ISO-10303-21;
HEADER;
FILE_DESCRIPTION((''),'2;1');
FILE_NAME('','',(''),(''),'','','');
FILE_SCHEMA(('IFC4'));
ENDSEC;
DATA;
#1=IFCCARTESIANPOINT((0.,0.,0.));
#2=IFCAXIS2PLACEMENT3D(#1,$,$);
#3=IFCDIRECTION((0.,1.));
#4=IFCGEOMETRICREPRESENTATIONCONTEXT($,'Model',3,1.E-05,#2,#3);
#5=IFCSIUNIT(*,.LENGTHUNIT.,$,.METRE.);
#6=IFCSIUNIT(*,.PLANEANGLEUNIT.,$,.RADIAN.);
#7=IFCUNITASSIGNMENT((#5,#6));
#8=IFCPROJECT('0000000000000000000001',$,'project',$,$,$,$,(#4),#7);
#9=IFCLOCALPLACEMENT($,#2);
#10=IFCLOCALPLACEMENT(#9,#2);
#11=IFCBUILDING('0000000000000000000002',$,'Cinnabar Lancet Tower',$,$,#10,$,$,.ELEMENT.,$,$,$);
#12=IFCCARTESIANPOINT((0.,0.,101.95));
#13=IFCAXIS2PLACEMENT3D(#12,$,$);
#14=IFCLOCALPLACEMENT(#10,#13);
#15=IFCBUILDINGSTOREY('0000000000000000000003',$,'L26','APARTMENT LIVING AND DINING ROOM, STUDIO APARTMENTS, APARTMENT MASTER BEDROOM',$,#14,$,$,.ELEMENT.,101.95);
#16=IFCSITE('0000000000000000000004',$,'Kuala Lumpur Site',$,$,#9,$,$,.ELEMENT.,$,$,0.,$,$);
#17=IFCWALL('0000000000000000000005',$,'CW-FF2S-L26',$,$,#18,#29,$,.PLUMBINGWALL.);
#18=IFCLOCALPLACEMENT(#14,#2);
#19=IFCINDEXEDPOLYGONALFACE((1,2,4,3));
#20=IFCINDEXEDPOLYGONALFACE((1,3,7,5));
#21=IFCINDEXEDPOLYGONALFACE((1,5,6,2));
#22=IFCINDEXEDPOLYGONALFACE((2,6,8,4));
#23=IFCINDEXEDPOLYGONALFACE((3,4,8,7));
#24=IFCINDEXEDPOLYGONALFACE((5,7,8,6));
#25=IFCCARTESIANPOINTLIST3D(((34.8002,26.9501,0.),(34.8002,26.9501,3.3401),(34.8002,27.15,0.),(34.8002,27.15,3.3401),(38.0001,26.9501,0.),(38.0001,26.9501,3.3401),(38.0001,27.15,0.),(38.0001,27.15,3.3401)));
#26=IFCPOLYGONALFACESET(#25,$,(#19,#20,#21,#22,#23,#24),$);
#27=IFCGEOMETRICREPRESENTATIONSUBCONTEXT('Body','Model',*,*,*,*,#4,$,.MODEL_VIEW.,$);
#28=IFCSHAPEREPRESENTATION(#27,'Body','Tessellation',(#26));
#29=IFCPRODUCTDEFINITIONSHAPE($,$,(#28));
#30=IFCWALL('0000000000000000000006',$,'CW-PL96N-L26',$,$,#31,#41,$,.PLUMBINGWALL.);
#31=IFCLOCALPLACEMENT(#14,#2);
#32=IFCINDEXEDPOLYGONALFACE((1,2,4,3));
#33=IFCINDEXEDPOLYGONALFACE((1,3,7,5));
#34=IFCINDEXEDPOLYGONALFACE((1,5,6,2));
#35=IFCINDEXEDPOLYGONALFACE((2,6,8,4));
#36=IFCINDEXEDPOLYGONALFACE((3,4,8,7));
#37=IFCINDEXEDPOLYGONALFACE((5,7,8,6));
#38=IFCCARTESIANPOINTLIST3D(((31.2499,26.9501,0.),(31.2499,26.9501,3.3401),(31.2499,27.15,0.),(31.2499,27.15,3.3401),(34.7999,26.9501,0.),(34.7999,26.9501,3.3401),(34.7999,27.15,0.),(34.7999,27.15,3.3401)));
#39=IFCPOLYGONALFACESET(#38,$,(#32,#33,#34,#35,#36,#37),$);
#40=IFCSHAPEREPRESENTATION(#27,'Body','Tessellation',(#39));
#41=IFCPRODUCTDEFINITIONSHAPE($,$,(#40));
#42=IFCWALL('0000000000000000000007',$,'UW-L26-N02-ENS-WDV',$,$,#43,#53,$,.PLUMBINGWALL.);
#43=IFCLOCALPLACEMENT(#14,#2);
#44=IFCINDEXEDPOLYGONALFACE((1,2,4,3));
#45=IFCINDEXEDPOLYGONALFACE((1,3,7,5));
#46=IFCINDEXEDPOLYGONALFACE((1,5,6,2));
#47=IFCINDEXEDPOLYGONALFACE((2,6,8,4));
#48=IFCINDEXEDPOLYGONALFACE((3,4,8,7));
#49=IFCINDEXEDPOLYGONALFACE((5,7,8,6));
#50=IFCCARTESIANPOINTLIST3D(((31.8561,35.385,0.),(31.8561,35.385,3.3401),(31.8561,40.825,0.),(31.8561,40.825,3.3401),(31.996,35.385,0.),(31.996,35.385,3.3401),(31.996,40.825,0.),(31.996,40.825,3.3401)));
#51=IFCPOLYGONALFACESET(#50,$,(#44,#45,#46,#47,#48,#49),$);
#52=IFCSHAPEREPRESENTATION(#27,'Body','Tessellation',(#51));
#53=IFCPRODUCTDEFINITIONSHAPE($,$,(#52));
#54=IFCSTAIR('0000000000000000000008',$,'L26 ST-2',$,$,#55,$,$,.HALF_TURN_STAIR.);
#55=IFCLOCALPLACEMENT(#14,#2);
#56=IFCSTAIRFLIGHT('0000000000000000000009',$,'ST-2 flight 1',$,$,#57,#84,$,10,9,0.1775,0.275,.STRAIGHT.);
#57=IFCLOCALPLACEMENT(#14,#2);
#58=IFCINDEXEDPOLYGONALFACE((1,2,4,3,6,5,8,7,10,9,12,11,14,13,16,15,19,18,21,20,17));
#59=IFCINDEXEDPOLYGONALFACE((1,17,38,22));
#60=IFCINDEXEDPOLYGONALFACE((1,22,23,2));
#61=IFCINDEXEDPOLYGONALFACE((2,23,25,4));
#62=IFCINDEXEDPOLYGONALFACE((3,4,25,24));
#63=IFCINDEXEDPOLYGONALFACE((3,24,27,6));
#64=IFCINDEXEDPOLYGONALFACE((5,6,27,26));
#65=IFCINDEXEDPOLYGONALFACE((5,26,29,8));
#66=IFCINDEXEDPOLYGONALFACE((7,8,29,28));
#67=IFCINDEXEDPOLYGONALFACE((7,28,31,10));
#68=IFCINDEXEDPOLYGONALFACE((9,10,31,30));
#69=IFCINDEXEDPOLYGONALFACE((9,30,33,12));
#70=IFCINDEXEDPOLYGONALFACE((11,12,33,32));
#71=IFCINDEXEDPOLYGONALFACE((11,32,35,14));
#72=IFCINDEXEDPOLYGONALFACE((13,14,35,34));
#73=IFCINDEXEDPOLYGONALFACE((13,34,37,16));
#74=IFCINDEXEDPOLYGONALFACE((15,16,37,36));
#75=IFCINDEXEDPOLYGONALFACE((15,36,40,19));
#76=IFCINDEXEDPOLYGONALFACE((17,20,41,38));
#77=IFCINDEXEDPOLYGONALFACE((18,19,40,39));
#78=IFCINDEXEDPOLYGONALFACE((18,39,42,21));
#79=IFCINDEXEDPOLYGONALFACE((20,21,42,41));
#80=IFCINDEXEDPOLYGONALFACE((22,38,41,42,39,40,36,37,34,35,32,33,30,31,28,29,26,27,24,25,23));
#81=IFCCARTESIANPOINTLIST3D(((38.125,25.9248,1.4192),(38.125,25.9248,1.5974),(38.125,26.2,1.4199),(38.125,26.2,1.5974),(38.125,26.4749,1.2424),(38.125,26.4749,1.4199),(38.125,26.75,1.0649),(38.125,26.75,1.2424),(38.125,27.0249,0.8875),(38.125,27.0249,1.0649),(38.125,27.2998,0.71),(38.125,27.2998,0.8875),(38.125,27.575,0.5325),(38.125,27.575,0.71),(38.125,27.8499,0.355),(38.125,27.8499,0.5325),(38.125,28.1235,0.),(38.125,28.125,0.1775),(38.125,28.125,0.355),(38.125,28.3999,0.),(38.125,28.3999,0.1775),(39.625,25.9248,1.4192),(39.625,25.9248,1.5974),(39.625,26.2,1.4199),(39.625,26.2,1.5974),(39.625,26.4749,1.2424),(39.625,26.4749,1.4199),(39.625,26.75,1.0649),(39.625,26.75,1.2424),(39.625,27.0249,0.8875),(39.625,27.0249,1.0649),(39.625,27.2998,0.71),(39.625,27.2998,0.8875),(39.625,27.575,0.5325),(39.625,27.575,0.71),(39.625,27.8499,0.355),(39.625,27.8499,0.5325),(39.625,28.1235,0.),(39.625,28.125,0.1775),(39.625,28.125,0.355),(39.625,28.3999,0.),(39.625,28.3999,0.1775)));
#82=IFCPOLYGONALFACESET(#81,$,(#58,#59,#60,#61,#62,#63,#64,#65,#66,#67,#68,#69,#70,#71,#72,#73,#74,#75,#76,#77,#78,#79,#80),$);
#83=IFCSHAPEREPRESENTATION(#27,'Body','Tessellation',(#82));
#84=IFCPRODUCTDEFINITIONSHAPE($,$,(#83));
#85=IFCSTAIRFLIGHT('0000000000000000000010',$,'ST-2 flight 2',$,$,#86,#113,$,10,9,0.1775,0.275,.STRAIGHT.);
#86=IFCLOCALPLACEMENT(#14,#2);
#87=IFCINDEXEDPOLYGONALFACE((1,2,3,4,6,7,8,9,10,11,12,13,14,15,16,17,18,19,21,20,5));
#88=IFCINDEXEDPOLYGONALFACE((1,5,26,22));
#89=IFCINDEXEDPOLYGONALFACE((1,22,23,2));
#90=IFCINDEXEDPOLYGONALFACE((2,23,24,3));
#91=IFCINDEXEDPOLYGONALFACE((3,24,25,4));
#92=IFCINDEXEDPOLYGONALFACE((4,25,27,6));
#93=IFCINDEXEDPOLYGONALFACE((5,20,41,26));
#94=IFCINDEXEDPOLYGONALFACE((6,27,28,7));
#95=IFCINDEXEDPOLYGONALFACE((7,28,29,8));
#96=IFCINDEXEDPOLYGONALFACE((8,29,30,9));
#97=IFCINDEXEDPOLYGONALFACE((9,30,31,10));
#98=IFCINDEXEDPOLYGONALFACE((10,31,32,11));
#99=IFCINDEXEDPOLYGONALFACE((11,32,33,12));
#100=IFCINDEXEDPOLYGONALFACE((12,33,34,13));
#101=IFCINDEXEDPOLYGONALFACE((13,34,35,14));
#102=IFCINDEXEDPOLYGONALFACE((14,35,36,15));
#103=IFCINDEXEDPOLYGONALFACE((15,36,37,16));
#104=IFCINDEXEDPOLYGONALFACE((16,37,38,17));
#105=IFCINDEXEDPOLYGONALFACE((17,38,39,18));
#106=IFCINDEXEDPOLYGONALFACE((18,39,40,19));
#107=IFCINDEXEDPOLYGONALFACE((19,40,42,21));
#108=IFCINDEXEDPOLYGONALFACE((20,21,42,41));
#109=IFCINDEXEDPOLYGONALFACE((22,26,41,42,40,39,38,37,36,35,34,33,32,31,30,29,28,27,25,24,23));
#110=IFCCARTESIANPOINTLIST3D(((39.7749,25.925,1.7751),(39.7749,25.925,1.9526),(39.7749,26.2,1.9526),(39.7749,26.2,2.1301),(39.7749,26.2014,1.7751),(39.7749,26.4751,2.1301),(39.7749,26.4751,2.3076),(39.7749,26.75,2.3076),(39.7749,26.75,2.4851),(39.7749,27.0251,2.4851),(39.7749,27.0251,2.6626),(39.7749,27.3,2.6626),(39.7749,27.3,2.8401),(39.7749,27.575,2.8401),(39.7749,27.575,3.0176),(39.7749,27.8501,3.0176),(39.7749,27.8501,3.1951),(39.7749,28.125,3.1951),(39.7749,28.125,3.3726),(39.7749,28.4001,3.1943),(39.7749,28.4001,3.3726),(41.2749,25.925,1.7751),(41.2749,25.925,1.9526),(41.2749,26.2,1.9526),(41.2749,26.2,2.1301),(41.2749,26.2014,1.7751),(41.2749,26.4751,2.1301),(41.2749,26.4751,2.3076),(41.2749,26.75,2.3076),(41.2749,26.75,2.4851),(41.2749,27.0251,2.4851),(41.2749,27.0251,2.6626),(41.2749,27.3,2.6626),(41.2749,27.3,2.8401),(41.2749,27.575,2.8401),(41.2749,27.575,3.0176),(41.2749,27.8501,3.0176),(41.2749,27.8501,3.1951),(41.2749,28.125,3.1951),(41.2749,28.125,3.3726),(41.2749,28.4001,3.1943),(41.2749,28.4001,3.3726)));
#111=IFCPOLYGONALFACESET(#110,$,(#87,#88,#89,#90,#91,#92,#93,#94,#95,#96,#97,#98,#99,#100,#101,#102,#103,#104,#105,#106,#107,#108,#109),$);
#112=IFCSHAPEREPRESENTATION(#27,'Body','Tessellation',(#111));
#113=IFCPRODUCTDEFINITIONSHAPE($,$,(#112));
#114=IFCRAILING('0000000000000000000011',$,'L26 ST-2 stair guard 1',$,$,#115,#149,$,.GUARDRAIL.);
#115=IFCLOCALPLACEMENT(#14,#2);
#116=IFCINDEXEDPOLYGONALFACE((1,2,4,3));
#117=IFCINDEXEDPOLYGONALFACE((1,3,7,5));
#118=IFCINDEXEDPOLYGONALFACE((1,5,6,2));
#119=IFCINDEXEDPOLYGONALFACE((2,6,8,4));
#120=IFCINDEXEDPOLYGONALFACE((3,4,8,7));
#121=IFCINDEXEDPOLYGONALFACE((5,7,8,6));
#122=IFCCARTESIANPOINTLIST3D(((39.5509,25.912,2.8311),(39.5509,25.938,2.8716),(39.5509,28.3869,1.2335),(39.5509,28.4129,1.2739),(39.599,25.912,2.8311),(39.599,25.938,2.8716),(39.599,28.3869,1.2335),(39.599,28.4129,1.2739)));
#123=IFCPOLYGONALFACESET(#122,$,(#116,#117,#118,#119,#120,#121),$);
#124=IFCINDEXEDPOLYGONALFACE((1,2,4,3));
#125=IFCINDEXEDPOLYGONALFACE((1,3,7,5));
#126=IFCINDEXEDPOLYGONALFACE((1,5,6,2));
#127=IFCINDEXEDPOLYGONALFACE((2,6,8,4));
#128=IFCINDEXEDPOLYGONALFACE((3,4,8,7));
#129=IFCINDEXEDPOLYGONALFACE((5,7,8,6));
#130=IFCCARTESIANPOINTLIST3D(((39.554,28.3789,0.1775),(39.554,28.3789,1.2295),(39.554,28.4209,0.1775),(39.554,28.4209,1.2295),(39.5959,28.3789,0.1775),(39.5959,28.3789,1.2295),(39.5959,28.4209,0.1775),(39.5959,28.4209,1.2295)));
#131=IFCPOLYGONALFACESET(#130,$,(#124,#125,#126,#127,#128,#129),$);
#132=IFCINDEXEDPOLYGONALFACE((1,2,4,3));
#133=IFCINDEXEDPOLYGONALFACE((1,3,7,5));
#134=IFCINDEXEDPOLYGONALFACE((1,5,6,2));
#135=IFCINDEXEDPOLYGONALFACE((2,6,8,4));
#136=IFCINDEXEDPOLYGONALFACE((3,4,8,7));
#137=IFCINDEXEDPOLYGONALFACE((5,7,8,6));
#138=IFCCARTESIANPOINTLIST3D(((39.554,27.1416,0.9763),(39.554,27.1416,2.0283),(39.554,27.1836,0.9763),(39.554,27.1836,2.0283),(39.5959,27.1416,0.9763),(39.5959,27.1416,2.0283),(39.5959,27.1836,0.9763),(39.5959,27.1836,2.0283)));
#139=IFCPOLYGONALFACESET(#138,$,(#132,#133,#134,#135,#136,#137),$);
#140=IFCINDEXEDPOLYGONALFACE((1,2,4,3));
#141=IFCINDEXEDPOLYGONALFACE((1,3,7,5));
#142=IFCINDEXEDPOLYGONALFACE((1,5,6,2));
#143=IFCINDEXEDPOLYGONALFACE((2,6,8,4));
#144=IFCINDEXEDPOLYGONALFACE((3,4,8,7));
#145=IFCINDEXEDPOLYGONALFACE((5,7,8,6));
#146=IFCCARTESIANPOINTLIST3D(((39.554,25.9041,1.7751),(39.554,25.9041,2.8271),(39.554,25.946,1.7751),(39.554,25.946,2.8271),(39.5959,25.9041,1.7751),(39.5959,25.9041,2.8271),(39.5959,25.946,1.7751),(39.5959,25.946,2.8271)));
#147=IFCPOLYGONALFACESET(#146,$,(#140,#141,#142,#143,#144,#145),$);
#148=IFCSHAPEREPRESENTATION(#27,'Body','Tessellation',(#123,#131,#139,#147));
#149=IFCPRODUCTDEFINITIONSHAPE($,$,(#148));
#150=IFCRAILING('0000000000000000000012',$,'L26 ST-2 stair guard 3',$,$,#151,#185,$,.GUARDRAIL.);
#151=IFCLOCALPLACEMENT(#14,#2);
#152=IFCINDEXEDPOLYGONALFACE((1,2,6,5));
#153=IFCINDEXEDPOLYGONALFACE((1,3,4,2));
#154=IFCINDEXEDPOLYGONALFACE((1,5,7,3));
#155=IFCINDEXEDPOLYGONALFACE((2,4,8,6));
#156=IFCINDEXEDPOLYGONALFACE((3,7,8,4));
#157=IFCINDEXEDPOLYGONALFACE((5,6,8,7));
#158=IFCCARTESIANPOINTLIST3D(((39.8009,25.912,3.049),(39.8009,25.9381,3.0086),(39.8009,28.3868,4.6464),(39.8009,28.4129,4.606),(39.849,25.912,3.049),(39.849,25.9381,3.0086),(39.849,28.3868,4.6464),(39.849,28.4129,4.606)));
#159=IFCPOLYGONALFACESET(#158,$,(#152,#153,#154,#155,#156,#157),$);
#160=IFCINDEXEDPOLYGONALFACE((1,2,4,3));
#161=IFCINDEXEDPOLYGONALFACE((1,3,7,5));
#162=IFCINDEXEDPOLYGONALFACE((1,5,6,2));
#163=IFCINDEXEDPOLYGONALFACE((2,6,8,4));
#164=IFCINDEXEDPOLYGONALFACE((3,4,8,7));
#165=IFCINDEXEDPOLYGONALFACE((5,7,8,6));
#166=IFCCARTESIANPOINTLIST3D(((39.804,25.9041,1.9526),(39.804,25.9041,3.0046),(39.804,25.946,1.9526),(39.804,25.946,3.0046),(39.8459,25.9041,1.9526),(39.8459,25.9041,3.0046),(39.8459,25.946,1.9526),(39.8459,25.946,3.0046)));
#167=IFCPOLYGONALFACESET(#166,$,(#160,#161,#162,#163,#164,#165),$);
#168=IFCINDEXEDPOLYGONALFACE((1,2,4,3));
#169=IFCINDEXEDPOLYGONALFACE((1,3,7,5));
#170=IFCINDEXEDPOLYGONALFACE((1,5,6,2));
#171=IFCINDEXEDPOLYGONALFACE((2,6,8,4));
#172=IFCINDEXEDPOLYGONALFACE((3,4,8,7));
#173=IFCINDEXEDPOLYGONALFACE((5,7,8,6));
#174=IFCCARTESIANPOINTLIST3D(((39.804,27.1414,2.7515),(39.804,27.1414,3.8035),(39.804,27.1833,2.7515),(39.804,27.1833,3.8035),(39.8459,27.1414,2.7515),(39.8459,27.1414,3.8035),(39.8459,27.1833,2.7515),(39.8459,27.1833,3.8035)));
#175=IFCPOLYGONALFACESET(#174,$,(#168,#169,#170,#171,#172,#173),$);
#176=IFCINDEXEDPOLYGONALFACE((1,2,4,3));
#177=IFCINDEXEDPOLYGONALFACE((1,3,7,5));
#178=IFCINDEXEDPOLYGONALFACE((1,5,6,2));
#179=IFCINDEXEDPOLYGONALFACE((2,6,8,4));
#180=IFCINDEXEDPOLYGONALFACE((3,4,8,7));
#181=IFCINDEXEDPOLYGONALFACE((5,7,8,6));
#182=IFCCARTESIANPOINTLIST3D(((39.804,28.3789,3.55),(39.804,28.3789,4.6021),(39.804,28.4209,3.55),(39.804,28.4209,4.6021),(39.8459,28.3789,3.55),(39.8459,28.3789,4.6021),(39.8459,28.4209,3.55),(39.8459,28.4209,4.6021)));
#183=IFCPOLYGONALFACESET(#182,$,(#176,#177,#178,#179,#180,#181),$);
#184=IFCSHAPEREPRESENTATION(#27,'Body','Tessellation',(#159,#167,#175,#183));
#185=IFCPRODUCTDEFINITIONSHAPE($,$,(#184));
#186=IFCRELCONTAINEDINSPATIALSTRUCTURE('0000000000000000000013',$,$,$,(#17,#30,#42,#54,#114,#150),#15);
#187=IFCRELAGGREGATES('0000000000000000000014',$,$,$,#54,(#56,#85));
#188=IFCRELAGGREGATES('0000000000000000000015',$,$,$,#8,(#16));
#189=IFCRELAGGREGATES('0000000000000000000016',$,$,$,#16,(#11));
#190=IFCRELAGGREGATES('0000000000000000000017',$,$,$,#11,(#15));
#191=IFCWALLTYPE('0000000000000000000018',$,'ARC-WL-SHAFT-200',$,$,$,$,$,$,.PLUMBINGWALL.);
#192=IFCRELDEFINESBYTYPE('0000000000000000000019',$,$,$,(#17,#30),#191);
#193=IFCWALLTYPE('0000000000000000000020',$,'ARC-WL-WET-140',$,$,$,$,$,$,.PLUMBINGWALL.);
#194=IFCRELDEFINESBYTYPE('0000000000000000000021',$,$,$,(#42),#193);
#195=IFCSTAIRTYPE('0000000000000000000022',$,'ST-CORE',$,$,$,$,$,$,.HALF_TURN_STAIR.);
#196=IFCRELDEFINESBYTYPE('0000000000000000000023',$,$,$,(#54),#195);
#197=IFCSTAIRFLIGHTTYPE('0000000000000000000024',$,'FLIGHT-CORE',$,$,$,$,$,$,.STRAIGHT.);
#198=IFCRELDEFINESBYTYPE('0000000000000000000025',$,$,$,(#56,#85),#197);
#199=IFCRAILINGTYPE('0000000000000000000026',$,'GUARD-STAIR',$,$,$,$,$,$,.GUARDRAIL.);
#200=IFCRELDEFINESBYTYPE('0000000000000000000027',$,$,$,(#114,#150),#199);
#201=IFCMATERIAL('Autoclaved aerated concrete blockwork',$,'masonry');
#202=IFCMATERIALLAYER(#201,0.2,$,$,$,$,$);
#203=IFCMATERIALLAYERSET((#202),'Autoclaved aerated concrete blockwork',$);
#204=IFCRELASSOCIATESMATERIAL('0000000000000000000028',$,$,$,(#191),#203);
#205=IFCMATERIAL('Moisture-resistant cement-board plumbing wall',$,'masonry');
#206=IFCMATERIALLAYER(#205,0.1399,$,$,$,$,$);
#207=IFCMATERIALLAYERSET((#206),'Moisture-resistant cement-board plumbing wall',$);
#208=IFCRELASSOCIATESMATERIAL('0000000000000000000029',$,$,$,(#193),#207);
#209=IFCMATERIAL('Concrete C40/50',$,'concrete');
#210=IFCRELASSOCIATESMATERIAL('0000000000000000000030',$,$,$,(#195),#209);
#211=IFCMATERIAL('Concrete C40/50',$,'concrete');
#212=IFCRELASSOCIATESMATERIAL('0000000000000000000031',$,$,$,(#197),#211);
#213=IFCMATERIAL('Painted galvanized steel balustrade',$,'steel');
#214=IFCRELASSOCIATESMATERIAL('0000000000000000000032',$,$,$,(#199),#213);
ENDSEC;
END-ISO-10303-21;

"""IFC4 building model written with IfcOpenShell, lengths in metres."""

from ifc_helpers import new_model, si_unit, direction, frame, frame_2d, origin, origin_2d, place, context, subcontext, project, spatial, polyline, rectangle, outline, extrude, material, layer, layer_set, type_object, element, aggregate, save


model = new_model("IFC4")

# Units and contexts
model_context = context("Model", 3, precision=1e-05, world=origin(), true_north=direction((0.0, 1.0)))
body_context = subcontext(model_context, "Body", "Model", "MODEL_VIEW")
ifc_project = project(units=[si_unit("LENGTHUNIT", "METRE"), si_unit("PLANEANGLEUNIT", "RADIAN")], contexts=[model_context])

# Site, building, storey
site_placement = place(None, origin())
site = spatial("IfcSite", under=ifc_project, at=site_placement, Name="Kuala Lumpur Site", CompositionType="ELEMENT", RefElevation=0.0)
building_placement = place(site_placement, origin())
building = spatial("IfcBuilding", under=site, at=building_placement, Name="Cinnabar Lancet Tower", CompositionType="ELEMENT")
storey_placement = place(building_placement, frame((0.0, 0.0, 101.95)))
storey = spatial("IfcBuildingStorey", under=building, at=storey_placement, Name="L26", Description="APARTMENT LIVING AND DINING ROOM, STUDIO APARTMENTS, APARTMENT MASTER BEDROOM", CompositionType="ELEMENT", Elevation=101.95)

# Shared definitions
ifc_material_1 = material(Name="Autoclaved aerated concrete blockwork", Category="masonry")
ifc_layer_1 = layer(ifc_material_1, 0.2)
ifc_layer_set_1 = layer_set([ifc_layer_1], Name="Autoclaved aerated concrete blockwork")
wall_type_1 = type_object("IfcWallType", Name="ARC-WL-SHAFT-200", PredefinedType="PLUMBINGWALL", material=ifc_layer_set_1)

# Walls
wall_1_placement = place(storey_placement, frame((34.8, 27.05, 0.0), z_axis=(0.0, 0.0, 1.0), x_axis=(1.0, 0.0, 0.0)))
element("IfcWall", 1, at=wall_1_placement, inside=storey, type_object=wall_type_1, Name="CW-FF2S-L26", PredefinedType="PLUMBINGWALL", context=body_context, shape_type="SweptSolid", body=[
    extrude(rectangle(XDim=3.2, YDim=0.2, at=frame_2d((1.6001, 0.0))), origin(), (0.0, 0.0, 1.0), 3.3401),
])
wall_2_placement = place(storey_placement, frame((31.25, 27.05, 0.0), z_axis=(0.0, 0.0, 1.0), x_axis=(1.0, 0.0, 0.0)))
element("IfcWall", 2, at=wall_2_placement, inside=storey, type_object=wall_type_1, Name="CW-PL96N-L26", PredefinedType="PLUMBINGWALL", context=body_context, shape_type="SweptSolid", body=[
    extrude(rectangle(XDim=3.55, YDim=0.2, at=frame_2d((1.7749, 0.0))), origin(), (0.0, 0.0, 1.0), 3.3401),
])
ifc_material_2 = material(Name="Moisture-resistant cement-board plumbing wall", Category="masonry")
ifc_layer_2 = layer(ifc_material_2, 0.1399)
ifc_layer_set_2 = layer_set([ifc_layer_2], Name="Moisture-resistant cement-board plumbing wall")
wall_type_2 = type_object("IfcWallType", Name="ARC-WL-WET-140", PredefinedType="PLUMBINGWALL", material=ifc_layer_set_2)
wall_3_placement = place(storey_placement, frame((31.926, 35.385, 0.0), z_axis=(0.0, 0.0, 1.0), x_axis=(0.0, 1.0, 0.0)))
element("IfcWall", 3, at=wall_3_placement, inside=storey, type_object=wall_type_2, Name="UW-L26-N02-ENS-WDV", PredefinedType="PLUMBINGWALL", context=body_context, shape_type="SweptSolid", body=[
    extrude(rectangle(XDim=5.4399, YDim=0.1399, at=frame_2d((2.72, 0.0))), origin(), (0.0, 0.0, 1.0), 3.3401),
])

# Stair, stair flights
ifc_material_3 = material(Name="Concrete C40/50", Category="concrete")
stair_type = type_object("IfcStairType", Name="ST-CORE", PredefinedType="HALF_TURN_STAIR", material=ifc_material_3)
stair_placement = place(storey_placement, origin())
stair = element("IfcStair", 4, at=stair_placement, inside=storey, type_object=stair_type, Name="L26 ST-2", PredefinedType="HALF_TURN_STAIR")
ifc_material_4 = material(Name="Concrete C40/50", Category="concrete")
stair_flight_type = type_object("IfcStairFlightType", Name="FLIGHT-CORE", PredefinedType="STRAIGHT", material=ifc_material_4)
stair_flight_1_placement = place(storey_placement, frame((38.875, 28.3999, 0.0), z_axis=(0.0, 0.0, 1.0), x_axis=(0.0, -1.0, 0.0)))
stair_flight_1 = element("IfcStairFlight", 5, at=stair_flight_1_placement, type_object=stair_flight_type, Name="ST-2 flight 1", NumberOfRisers=10, NumberOfTreads=9, PredefinedType="STRAIGHT", RiserHeight=0.1775, TreadLength=0.275, context=body_context, shape_type="SweptSolid", body=[
    extrude(outline(polyline([(0.0, 0.0), (0.0, 0.1775), (0.2749, 0.1775), (0.2749, 0.355), (0.55, 0.355), (0.55, 0.5325), (0.825, 0.5325), (0.825, 0.71), (1.1001, 0.71), (1.1001, 0.8875), (1.375, 0.8875), (1.375, 1.0649), (1.6499, 1.0649), (1.6499, 1.2424), (1.925, 1.2424), (1.925, 1.4199), (2.2, 1.4199), (2.2, 1.5974), (2.4751, 1.5974), (2.4751, 1.7749), (2.4751, 1.4192), (0.2764, 0.0), (0.0, 0.0)])), frame((0.0, 0.75, 0.0), z_axis=(0.0, -1.0, 0.0), x_axis=(1.0, 0.0, 0.0)), (0.0, 0.0, 1.0), 1.5),
])
stair_flight_2_placement = place(storey_placement, frame((40.5249, 25.925, 1.7751), z_axis=(0.0, 0.0, 1.0), x_axis=(0.0, 1.0, 0.0)))
stair_flight_2 = element("IfcStairFlight", 6, at=stair_flight_2_placement, type_object=stair_flight_type, Name="ST-2 flight 2", NumberOfRisers=10, NumberOfTreads=9, PredefinedType="STRAIGHT", RiserHeight=0.1775, TreadLength=0.275, context=body_context, shape_type="SweptSolid", body=[
    extrude(outline(polyline([(0.0, 0.0), (0.0, 0.1775), (0.2749, 0.1775), (0.2749, 0.355), (0.55, 0.355), (0.55, 0.5325), (0.825, 0.5325), (0.825, 0.71), (1.1001, 0.71), (1.1001, 0.8875), (1.375, 0.8875), (1.375, 1.0649), (1.6499, 1.0649), (1.6499, 1.2424), (1.925, 1.2424), (1.925, 1.4199), (2.2, 1.4199), (2.2, 1.5974), (2.4751, 1.5974), (2.4751, 1.7749), (2.4751, 1.4192), (0.2764, 0.0), (0.0, 0.0)])), frame((0.0, 0.75, 0.0), z_axis=(0.0, -1.0, 0.0), x_axis=(1.0, 0.0, 0.0)), (0.0, 0.0, 1.0), 1.5),
])
aggregate(stair, [stair_flight_1, stair_flight_2])

# Railings
ifc_material_5 = material(Name="Painted galvanized steel balustrade", Category="steel")
railing_type_1 = type_object("IfcRailingType", Name="GUARD-STAIR", PredefinedType="GUARDRAIL", material=ifc_material_5)
railing_1_placement = place(storey_placement, frame((39.575, 28.3999, 0.1775)))
element("IfcRailing", 7, at=railing_1_placement, inside=storey, type_object=railing_type_1, Name="L26 ST-2 stair guard 1", PredefinedType="GUARDRAIL", context=body_context, shape_type="SweptSolid", body=[
    extrude(rectangle(XDim=0.0481, YDim=0.0481, at=origin_2d()), frame((0.0, 0.0, 1.0762), z_axis=(0.0, -0.840146, 0.542361), x_axis=(1.0, 0.0, 0.0)), (0.0, 0.0, 1.0), 2.9458),
    extrude(rectangle(XDim=0.042, YDim=0.042, at=origin_2d()), origin(), (0.0, 0.0, 1.0), 1.052),
    extrude(rectangle(XDim=0.042, YDim=0.042, at=origin_2d()), frame((0.0, -1.2373, 0.7988)), (0.0, 0.0, 1.0), 1.052),
    extrude(rectangle(XDim=0.042, YDim=0.042, at=origin_2d()), frame((0.0, -2.4749, 1.5977)), (0.0, 0.0, 1.0), 1.052),
])
railing_2_placement = place(storey_placement, frame((39.825, 25.925, 1.9526)))
element("IfcRailing", 8, at=railing_2_placement, inside=storey, type_object=railing_type_1, Name="L26 ST-2 stair guard 3", PredefinedType="GUARDRAIL", context=body_context, shape_type="SweptSolid", body=[
    extrude(rectangle(XDim=0.0481, YDim=0.0481, at=origin_2d()), frame((0.0, 0.0, 1.0762), z_axis=(0.0, 0.840183, 0.542302), x_axis=(-1.0, 0.0, 0.0)), (0.0, 0.0, 1.0), 2.9456),
    extrude(rectangle(XDim=0.042, YDim=0.042, at=origin_2d()), origin(), (0.0, 0.0, 1.0), 1.052),
    extrude(rectangle(XDim=0.042, YDim=0.042, at=origin_2d()), frame((0.0, 1.2373, 0.7988)), (0.0, 0.0, 1.0), 1.052),
    extrude(rectangle(XDim=0.042, YDim=0.042, at=origin_2d()), frame((0.0, 2.4749, 1.5974)), (0.0, 0.0, 1.0), 1.052),
])

save(model, "model.ifc")
